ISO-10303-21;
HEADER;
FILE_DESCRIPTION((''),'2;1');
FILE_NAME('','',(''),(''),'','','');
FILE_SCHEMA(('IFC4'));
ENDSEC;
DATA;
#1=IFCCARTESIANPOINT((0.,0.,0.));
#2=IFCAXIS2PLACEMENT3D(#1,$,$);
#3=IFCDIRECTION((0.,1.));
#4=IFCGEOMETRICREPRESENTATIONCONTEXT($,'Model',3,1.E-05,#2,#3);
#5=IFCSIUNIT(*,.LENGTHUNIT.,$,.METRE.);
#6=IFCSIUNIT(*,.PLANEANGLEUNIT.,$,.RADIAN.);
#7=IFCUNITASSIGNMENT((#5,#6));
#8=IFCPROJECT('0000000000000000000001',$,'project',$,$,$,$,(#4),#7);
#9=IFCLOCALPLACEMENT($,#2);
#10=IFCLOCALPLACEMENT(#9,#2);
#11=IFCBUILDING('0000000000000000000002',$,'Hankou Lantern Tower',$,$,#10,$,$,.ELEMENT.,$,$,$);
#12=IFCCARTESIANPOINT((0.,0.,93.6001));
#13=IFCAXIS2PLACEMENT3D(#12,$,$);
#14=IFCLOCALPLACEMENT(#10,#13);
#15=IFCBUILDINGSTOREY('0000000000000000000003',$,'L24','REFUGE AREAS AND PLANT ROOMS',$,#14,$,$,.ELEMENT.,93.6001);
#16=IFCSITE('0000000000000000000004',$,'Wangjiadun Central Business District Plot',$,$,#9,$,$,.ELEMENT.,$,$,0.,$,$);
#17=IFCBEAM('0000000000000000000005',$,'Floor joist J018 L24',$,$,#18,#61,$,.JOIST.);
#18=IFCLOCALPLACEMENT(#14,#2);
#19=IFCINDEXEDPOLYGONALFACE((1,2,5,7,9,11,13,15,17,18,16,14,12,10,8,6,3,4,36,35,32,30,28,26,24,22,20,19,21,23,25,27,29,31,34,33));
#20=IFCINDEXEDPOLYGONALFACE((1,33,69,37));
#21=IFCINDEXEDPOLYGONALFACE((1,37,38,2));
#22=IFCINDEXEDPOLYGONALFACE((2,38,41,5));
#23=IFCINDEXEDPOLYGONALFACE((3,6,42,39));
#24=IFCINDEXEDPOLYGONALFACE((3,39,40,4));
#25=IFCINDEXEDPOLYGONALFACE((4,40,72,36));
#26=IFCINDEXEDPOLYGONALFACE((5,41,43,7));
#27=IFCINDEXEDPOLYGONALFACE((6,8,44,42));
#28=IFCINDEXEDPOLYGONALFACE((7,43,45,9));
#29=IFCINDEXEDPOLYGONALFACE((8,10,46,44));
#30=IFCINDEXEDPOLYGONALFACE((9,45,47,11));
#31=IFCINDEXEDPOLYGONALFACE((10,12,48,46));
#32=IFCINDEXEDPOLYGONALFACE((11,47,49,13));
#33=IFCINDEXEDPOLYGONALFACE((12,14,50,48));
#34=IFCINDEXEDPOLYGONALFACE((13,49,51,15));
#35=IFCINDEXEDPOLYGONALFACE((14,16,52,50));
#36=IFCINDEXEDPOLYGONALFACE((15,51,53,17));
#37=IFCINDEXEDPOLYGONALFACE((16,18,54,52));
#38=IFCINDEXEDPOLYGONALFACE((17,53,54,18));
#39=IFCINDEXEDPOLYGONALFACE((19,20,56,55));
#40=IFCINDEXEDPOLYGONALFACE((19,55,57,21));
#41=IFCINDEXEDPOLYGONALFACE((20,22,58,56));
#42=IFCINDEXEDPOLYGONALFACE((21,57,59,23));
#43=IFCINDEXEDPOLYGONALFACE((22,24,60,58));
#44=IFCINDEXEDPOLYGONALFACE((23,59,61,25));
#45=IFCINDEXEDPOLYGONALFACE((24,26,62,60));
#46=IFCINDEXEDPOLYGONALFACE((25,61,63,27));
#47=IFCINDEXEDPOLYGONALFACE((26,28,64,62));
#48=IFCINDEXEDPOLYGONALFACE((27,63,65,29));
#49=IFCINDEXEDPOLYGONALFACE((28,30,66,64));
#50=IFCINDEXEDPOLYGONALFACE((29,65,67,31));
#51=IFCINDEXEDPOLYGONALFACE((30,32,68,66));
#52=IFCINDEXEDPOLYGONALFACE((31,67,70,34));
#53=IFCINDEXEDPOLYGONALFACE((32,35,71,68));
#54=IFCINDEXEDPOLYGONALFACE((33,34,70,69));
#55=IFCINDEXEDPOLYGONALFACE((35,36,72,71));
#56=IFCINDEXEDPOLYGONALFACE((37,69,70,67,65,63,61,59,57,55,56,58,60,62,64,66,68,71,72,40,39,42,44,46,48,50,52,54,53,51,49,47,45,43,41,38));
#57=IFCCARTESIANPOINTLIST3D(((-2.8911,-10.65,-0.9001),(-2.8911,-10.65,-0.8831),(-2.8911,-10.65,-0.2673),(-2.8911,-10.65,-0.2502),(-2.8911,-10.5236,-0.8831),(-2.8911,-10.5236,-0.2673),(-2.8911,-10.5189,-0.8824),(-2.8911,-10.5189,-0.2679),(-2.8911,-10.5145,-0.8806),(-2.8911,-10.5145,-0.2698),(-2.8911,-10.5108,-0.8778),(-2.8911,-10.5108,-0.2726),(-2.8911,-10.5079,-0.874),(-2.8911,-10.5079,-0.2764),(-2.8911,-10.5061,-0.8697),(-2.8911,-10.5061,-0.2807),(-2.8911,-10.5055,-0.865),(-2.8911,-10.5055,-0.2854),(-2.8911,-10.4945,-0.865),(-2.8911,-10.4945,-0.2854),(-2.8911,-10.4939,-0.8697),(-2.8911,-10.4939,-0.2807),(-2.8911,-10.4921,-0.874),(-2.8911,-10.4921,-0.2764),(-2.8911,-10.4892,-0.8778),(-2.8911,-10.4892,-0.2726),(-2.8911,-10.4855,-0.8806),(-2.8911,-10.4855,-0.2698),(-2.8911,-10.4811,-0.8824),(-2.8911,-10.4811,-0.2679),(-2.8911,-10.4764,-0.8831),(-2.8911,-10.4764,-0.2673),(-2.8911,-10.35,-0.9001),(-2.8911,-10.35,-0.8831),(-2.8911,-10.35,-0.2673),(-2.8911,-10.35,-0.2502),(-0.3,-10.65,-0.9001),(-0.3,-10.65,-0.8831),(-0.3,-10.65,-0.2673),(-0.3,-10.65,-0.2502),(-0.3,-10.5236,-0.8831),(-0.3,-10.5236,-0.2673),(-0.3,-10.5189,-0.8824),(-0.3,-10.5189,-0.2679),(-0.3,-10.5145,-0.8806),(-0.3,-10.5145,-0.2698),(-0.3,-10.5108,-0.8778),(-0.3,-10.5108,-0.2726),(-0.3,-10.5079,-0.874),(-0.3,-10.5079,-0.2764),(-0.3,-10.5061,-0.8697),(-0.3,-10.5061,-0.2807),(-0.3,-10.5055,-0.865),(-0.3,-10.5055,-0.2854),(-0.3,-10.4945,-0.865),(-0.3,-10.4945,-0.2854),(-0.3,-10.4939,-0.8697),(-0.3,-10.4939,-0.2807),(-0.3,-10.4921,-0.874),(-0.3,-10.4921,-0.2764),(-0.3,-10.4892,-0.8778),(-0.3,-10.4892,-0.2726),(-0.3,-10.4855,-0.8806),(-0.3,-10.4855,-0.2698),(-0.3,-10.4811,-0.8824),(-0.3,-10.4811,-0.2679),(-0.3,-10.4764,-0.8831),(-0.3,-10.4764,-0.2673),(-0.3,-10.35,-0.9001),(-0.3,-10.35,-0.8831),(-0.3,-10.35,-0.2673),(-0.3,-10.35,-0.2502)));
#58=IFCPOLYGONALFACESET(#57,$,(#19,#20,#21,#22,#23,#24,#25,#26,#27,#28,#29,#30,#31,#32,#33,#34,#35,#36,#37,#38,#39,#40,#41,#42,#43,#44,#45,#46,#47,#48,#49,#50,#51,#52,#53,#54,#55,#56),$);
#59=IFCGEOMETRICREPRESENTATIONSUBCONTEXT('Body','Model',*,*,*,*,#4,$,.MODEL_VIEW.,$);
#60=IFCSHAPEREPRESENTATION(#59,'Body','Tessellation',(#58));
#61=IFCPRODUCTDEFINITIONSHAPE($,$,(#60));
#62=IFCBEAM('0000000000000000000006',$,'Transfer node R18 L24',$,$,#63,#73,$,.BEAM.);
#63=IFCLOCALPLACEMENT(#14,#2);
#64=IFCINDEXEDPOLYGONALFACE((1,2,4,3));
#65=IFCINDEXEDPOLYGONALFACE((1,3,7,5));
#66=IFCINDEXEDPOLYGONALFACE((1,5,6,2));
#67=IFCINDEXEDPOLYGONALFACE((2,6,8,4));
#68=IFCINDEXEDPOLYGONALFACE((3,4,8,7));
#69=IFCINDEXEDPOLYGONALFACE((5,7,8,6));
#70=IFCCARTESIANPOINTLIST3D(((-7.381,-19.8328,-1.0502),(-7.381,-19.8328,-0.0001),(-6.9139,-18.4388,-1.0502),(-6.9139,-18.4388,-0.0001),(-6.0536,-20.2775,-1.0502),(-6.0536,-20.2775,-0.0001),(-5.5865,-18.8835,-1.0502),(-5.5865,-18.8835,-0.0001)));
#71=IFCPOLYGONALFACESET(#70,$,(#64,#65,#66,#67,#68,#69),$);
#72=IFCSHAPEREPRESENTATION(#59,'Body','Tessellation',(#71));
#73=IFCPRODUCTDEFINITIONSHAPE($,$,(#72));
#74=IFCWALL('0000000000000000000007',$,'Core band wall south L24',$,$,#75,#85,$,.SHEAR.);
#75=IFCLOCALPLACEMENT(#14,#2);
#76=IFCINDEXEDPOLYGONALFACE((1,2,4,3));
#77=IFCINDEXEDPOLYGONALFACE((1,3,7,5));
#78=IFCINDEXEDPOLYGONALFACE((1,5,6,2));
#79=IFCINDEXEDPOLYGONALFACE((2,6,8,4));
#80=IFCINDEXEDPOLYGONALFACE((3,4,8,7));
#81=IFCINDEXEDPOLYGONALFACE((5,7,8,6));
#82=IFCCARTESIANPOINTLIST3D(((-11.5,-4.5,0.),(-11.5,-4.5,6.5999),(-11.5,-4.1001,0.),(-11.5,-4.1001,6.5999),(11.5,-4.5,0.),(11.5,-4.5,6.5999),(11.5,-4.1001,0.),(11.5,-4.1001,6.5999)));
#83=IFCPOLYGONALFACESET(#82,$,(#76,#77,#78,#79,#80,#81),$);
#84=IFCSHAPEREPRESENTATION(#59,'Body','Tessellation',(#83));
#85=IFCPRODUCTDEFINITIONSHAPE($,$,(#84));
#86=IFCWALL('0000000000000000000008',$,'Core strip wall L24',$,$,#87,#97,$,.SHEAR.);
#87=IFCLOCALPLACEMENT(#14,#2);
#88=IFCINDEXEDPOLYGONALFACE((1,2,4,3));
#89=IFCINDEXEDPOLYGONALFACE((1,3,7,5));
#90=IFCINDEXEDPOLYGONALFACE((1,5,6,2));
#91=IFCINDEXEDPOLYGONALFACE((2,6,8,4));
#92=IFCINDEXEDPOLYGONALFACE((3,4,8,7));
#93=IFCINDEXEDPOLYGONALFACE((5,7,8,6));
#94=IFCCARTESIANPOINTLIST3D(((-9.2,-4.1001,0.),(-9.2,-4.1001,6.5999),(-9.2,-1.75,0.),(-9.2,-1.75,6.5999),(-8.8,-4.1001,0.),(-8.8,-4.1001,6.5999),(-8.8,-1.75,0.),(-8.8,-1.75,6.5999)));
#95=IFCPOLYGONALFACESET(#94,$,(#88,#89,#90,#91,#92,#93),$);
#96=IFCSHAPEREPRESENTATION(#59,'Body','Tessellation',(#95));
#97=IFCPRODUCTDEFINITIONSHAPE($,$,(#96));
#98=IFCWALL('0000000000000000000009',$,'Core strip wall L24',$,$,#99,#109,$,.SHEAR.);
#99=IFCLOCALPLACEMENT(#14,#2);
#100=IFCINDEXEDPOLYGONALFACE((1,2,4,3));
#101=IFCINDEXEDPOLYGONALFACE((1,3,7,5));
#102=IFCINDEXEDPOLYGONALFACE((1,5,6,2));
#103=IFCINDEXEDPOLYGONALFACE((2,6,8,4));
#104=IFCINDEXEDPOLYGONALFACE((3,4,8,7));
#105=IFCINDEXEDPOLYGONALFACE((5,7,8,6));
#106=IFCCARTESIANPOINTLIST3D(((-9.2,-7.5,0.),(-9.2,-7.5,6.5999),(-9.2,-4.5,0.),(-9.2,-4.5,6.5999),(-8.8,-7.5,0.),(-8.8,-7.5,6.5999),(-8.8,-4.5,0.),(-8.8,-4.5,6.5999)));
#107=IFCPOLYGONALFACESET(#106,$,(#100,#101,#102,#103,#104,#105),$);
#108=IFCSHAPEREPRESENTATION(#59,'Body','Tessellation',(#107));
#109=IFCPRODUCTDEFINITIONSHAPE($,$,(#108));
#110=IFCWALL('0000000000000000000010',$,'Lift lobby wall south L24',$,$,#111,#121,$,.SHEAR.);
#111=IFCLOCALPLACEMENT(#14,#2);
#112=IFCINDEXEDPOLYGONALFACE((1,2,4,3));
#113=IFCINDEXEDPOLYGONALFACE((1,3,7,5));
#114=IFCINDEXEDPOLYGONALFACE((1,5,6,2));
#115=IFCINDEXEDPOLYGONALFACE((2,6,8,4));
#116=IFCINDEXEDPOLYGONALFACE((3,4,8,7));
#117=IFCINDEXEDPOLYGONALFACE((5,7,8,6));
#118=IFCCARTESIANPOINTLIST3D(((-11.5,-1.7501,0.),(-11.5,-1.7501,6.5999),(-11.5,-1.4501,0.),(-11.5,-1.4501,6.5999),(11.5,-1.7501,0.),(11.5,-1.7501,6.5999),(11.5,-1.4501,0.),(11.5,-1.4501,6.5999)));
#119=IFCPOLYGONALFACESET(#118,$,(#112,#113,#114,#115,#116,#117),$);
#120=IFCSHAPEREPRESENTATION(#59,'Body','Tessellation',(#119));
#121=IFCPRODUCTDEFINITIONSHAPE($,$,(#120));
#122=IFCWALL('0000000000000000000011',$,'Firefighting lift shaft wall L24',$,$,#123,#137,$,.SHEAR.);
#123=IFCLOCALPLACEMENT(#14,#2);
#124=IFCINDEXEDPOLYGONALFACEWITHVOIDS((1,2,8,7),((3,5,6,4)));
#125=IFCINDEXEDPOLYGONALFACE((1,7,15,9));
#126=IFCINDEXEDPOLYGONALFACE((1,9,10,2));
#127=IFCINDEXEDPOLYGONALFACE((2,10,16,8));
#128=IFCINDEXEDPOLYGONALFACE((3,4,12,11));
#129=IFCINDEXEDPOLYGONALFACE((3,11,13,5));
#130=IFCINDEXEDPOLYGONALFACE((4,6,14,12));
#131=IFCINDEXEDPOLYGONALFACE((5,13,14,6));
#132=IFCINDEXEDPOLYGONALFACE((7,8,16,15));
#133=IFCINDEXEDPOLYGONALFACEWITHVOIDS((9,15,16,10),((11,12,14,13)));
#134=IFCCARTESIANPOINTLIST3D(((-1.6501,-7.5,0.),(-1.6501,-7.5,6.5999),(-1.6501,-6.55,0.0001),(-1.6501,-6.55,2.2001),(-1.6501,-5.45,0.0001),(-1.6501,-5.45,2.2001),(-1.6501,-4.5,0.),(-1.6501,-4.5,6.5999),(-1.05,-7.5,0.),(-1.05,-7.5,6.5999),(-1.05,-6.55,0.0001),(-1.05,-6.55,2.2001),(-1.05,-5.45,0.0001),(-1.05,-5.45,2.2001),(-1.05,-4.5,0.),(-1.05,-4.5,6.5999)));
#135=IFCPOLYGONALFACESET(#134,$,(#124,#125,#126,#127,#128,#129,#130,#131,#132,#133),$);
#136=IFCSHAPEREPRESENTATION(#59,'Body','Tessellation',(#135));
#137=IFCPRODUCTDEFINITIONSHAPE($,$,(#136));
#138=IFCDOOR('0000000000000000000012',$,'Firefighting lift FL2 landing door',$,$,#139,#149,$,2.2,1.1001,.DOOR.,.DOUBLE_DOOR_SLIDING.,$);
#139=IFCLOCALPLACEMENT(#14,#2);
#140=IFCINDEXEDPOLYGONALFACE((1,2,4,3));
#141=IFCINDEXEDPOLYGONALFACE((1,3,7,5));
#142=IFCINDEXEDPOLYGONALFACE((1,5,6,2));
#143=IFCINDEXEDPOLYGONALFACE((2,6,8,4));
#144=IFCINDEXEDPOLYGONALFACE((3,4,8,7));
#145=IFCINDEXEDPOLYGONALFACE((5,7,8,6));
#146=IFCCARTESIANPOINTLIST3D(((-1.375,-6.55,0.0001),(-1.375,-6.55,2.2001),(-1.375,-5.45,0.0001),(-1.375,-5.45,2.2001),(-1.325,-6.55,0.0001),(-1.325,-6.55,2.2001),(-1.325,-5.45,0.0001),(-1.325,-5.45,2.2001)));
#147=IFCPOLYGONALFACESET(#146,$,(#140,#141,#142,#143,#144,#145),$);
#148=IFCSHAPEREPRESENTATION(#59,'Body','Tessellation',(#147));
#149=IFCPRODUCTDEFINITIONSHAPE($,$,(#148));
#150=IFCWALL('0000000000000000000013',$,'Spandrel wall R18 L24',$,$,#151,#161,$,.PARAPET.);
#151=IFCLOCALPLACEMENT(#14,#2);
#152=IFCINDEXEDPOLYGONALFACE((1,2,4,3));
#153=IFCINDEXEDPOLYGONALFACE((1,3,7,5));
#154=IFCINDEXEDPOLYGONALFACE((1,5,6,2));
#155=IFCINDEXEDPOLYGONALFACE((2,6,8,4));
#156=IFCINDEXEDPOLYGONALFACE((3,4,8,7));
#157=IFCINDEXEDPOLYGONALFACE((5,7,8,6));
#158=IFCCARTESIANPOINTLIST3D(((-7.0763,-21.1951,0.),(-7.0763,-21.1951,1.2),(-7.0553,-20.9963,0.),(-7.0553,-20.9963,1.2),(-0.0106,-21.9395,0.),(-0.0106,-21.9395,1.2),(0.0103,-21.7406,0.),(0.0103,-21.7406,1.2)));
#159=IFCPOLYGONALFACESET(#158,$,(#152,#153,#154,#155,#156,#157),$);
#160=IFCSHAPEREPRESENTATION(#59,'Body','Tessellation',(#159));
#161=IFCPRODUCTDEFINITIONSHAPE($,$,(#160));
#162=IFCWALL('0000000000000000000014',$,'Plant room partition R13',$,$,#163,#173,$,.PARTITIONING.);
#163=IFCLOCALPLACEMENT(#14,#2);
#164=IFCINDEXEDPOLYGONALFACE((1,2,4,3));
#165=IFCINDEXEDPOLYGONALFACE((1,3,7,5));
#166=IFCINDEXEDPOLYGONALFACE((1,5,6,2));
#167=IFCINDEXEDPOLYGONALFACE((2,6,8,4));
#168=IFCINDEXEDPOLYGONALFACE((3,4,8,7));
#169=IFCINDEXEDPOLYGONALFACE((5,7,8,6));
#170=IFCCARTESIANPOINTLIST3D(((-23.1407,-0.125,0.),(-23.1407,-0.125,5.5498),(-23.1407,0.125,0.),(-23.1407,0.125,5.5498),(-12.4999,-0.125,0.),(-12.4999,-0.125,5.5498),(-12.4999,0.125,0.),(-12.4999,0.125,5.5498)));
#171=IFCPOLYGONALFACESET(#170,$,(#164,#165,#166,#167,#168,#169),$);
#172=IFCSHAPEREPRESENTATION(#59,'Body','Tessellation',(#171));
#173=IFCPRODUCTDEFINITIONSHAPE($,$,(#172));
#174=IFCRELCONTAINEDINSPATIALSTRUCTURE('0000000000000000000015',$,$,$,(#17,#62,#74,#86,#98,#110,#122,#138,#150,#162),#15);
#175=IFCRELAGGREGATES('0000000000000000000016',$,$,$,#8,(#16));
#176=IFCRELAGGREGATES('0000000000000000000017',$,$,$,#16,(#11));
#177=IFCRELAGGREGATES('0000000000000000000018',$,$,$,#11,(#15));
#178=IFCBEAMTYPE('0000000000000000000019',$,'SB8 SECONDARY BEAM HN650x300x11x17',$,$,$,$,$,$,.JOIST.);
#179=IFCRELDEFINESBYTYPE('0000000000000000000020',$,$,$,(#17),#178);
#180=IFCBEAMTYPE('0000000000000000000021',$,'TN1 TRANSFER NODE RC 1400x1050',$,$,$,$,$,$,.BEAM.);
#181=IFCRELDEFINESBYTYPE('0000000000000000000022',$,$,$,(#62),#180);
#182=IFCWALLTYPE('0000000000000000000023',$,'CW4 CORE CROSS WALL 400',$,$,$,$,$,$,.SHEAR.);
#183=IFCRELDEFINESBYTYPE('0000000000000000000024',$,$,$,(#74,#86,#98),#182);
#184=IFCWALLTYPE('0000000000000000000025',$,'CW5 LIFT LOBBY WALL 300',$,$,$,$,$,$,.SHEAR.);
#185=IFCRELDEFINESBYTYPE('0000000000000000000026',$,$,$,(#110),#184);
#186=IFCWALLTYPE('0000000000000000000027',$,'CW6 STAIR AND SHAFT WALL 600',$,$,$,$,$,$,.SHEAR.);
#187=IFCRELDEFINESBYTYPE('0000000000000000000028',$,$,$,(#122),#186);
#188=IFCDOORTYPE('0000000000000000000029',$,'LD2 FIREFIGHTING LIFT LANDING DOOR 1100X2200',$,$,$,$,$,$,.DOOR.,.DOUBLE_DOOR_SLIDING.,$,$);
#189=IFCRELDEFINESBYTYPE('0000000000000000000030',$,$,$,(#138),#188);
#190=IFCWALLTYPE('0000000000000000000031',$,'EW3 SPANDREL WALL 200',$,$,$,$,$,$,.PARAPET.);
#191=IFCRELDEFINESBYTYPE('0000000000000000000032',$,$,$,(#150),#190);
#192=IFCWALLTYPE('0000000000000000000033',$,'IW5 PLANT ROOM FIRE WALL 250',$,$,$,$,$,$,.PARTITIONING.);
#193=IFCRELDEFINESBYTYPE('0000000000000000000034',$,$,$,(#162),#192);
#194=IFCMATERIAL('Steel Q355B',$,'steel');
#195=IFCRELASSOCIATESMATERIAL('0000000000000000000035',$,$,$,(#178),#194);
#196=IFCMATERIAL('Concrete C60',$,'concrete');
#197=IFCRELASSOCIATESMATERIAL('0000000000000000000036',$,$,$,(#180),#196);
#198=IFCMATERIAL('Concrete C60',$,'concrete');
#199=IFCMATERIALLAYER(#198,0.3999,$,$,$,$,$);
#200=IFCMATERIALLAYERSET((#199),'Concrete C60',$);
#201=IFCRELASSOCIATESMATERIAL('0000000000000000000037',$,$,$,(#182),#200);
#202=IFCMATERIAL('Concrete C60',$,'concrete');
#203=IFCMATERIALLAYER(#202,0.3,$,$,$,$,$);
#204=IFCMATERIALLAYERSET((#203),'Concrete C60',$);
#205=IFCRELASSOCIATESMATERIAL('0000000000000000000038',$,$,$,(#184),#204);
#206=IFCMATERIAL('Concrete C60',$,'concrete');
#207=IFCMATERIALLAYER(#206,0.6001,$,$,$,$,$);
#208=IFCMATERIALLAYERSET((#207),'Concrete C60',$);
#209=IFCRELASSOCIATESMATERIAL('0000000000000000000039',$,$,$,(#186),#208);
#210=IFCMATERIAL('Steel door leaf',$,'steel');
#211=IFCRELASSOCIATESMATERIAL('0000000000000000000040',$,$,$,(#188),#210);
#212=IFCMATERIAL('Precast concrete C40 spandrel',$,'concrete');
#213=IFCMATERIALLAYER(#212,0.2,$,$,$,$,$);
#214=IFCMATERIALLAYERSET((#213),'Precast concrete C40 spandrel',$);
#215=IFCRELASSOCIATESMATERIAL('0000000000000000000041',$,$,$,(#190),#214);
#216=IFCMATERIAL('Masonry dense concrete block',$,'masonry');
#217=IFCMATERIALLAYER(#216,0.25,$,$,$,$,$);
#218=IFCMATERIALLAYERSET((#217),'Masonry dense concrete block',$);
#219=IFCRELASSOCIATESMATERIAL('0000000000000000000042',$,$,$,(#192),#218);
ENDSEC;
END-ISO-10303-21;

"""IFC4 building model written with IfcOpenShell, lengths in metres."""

from ifc_helpers import new_model, si_unit, direction, frame, frame_2d, origin, origin_2d, place, context, subcontext, project, spatial, rectangle, i_section, extrude, material, layer, layer_set, material_profile, profile_set, type_object, element, fill, save


model = new_model("IFC4")

# Units and contexts
model_context = context("Model", 3, precision=1e-05, world=origin(), true_north=direction((0.0, 1.0)))
body_context = subcontext(model_context, "Body", "Model", "MODEL_VIEW")
ifc_project = project(units=[si_unit("LENGTHUNIT", "METRE"), si_unit("PLANEANGLEUNIT", "RADIAN")], contexts=[model_context])

# Site, building, storey
site_placement = place(None, origin())
site = spatial("IfcSite", under=ifc_project, at=site_placement, Name="Wangjiadun Central Business District Plot", CompositionType="ELEMENT", RefElevation=0.0)
building_placement = place(site_placement, origin())
building = spatial("IfcBuilding", under=site, at=building_placement, Name="Hankou Lantern Tower", CompositionType="ELEMENT")
storey_placement = place(building_placement, frame((0.0, 0.0, 93.6001)))
storey = spatial("IfcBuildingStorey", under=building, at=storey_placement, Name="L24", Description="REFUGE AREAS AND PLANT ROOMS", CompositionType="ELEMENT", Elevation=93.6001)

# Beams
ifc_material_1 = material(Name="Steel Q355B", Category="steel")
ifc_material_profile_1 = material_profile(ifc_material_1, i_section(OverallWidth=0.3, OverallDepth=0.6499, WebThickness=0.011, FlangeThickness=0.0171, FilletRadius=0.0181, at=origin_2d()), Name="HN650x300x11x17")
ifc_profile_set_1 = profile_set([ifc_material_profile_1], Name="Steel Q355B")
beam_type_1 = type_object("IfcBeamType", Name="SB8 SECONDARY BEAM HN650x300x11x17", PredefinedType="JOIST", material=ifc_profile_set_1)
beam_1_placement = place(storey_placement, frame((-2.8911, -10.5, -0.5752), z_axis=(1.0, 0.0, 0.0), x_axis=(0.0, 1.0, 0.0)))
element("IfcBeam", 1, at=beam_1_placement, inside=storey, type_object=beam_type_1, Name="Floor joist J018 L24", PredefinedType="JOIST", context=body_context, shape_type="SweptSolid", body=[
    extrude(i_section(OverallWidth=0.3, OverallDepth=0.6499, WebThickness=0.011, FlangeThickness=0.0171, FilletRadius=0.0181, at=origin_2d()), origin(), (0.0, 0.0, 1.0), 2.5911),
])
ifc_material_2 = material(Name="Concrete C60", Category="concrete")
ifc_material_profile_2 = material_profile(ifc_material_2, rectangle(XDim=1.3999, YDim=1.05, at=origin_2d()), Name="RC 1400x1050")
ifc_profile_set_2 = profile_set([ifc_material_profile_2], Name="Concrete C60")
beam_type_2 = type_object("IfcBeamType", Name="TN1 TRANSFER NODE RC 1400x1050", PredefinedType="BEAM", material=ifc_profile_set_2)
beam_2_placement = place(storey_placement, frame((-6.7173, -20.0552, -0.5251), z_axis=(0.317672, 0.948201, 0.0), x_axis=(-0.948201, 0.317672, 0.0)))
element("IfcBeam", 2, at=beam_2_placement, inside=storey, type_object=beam_type_2, Name="Transfer node R18 L24", PredefinedType="BEAM", context=body_context, shape_type="SweptSolid", body=[
    extrude(rectangle(XDim=1.3999, YDim=1.05, at=origin_2d()), origin(), (0.0, 0.0, 1.0), 1.4702),
])

# Walls
ifc_material_3 = material(Name="Concrete C60", Category="concrete")
ifc_layer_1 = layer(ifc_material_3, 0.3999)
ifc_layer_set_1 = layer_set([ifc_layer_1], Name="Concrete C60")
wall_type_1 = type_object("IfcWallType", Name="CW4 CORE CROSS WALL 400", PredefinedType="SHEAR", material=ifc_layer_set_1)
wall_1_placement = place(storey_placement, frame((-11.5, -4.3, 0.0), z_axis=(0.0, 0.0, 1.0), x_axis=(1.0, 0.0, 0.0)))
element("IfcWall", 3, at=wall_1_placement, inside=storey, type_object=wall_type_1, Name="Core band wall south L24", PredefinedType="SHEAR", context=body_context, shape_type="SweptSolid", body=[
    extrude(rectangle(XDim=23.0, YDim=0.3999, at=frame_2d((11.5, 0.0))), origin(), (0.0, 0.0, 1.0), 6.5999),
])
wall_2_placement = place(storey_placement, frame((-9.0, -4.1001, 0.0), z_axis=(0.0, 0.0, 1.0), x_axis=(0.0, 1.0, 0.0)))
element("IfcWall", 4, at=wall_2_placement, inside=storey, type_object=wall_type_1, Name="Core strip wall L24", PredefinedType="SHEAR", context=body_context, shape_type="SweptSolid", body=[
    extrude(rectangle(XDim=2.3501, YDim=0.3999, at=frame_2d((1.175, 0.0))), origin(), (0.0, 0.0, 1.0), 6.5999),
])
wall_3_placement = place(storey_placement, frame((-9.0, -7.5, 0.0), z_axis=(0.0, 0.0, 1.0), x_axis=(0.0, 1.0, 0.0)))
element("IfcWall", 5, at=wall_3_placement, inside=storey, type_object=wall_type_1, Name="Core strip wall L24", PredefinedType="SHEAR", context=body_context, shape_type="SweptSolid", body=[
    extrude(rectangle(XDim=3.0, YDim=0.3999, at=frame_2d((1.5, 0.0))), origin(), (0.0, 0.0, 1.0), 6.5999),
])
ifc_material_4 = material(Name="Concrete C60", Category="concrete")
ifc_layer_2 = layer(ifc_material_4, 0.3)
ifc_layer_set_2 = layer_set([ifc_layer_2], Name="Concrete C60")
wall_type_2 = type_object("IfcWallType", Name="CW5 LIFT LOBBY WALL 300", PredefinedType="SHEAR", material=ifc_layer_set_2)
wall_4_placement = place(storey_placement, frame((-11.5, -1.6001, 0.0), z_axis=(0.0, 0.0, 1.0), x_axis=(1.0, 0.0, 0.0)))
element("IfcWall", 6, at=wall_4_placement, inside=storey, type_object=wall_type_2, Name="Lift lobby wall south L24", PredefinedType="SHEAR", context=body_context, shape_type="SweptSolid", body=[
    extrude(rectangle(XDim=23.0, YDim=0.3, at=frame_2d((11.5, 0.0))), origin(), (0.0, 0.0, 1.0), 6.5999),
])

# Wall, opening, door
ifc_material_5 = material(Name="Concrete C60", Category="concrete")
ifc_layer_3 = layer(ifc_material_5, 0.6001)
ifc_layer_set_3 = layer_set([ifc_layer_3], Name="Concrete C60")
wall_type_3 = type_object("IfcWallType", Name="CW6 STAIR AND SHAFT WALL 600", PredefinedType="SHEAR", material=ifc_layer_set_3)
wall_5_placement = place(storey_placement, frame((-1.3501, -7.5, 0.0), z_axis=(0.0, 0.0, 1.0), x_axis=(0.0, 1.0, 0.0)))
wall_5 = element("IfcWall", 7, at=wall_5_placement, inside=storey, type_object=wall_type_3, Name="Firefighting lift shaft wall L24", PredefinedType="SHEAR", context=body_context, shape_type="SweptSolid", body=[
    extrude(rectangle(XDim=3.0, YDim=0.6001, at=frame_2d((1.5, 0.0))), origin(), (0.0, 0.0, 1.0), 6.5999),
])
opening_1_placement = place(wall_5_placement, frame((0.95, 0.0, 0.0)))
opening_1 = element("IfcOpeningElement", 8, at=opening_1_placement, cuts=wall_5, PredefinedType="OPENING", context=body_context, shape_type="SweptSolid", body=[
    extrude(rectangle(XDim=1.1001, YDim=2.2, at=frame_2d((0.55, 1.1001))), frame((0.0, 0.3101, 0.0), z_axis=(0.0, -1.0, 0.0), x_axis=(1.0, 0.0, 0.0)), (0.0, 0.0, 1.0), 0.6201),
])
ifc_material_6 = material(Name="Steel door leaf", Category="steel")
door_type_1 = type_object("IfcDoorType", Name="LD2 FIREFIGHTING LIFT LANDING DOOR 1100X2200", OperationType="DOUBLE_DOOR_SLIDING", PredefinedType="DOOR", material=ifc_material_6)
door_1_placement = place(opening_1_placement, origin())
door_1 = element("IfcDoor", 9, at=door_1_placement, inside=storey, type_object=door_type_1, Name="Firefighting lift FL2 landing door", OperationType="DOUBLE_DOOR_SLIDING", OverallHeight=2.2, OverallWidth=1.1001, PredefinedType="DOOR", context=body_context, shape_type="SweptSolid", body=[
    extrude(rectangle(XDim=1.1001, YDim=2.2, at=frame_2d((0.55, 1.1001))), frame((0.0, 0.0249, 0.0), z_axis=(0.0, -1.0, 0.0), x_axis=(1.0, 0.0, 0.0)), (0.0, 0.0, 1.0), 0.05),
])
fill(opening_1, door_1)

# Wall
ifc_material_7 = material(Name="Precast concrete C40 spandrel", Category="concrete")
ifc_layer_4 = layer(ifc_material_7, 0.2)
ifc_layer_set_4 = layer_set([ifc_layer_4], Name="Precast concrete C40 spandrel")
wall_type_4 = type_object("IfcWallType", Name="EW3 SPANDREL WALL 200", PredefinedType="PARAPET", material=ifc_layer_set_4)
wall_6_placement = place(storey_placement, frame((-7.0657, -21.0957, 0.0), z_axis=(0.0, 0.0, 1.0), x_axis=(0.994496, -0.104772, 0.0)))
element("IfcWall", 10, at=wall_6_placement, inside=storey, type_object=wall_type_4, Name="Spandrel wall R18 L24", PredefinedType="PARAPET", context=body_context, shape_type="SweptSolid", body=[
    extrude(rectangle(XDim=7.1047, YDim=0.2, at=frame_2d((3.5522, 0.0))), origin(), (0.0, 0.0, 1.0), 1.2),
])

# Shared definitions
ifc_material_8 = material(Name="Masonry dense concrete block", Category="masonry")
ifc_layer_5 = layer(ifc_material_8, 0.25)
ifc_layer_set_5 = layer_set([ifc_layer_5], Name="Masonry dense concrete block")
wall_type_5 = type_object("IfcWallType", Name="IW5 PLANT ROOM FIRE WALL 250", PredefinedType="PARTITIONING", material=ifc_layer_set_5)

# Wall
wall_7_placement = place(storey_placement, frame((-12.5, 0.0, 0.0), z_axis=(0.0, 0.0, 1.0), x_axis=(-1.0, 0.0, 0.0)))
element("IfcWall", 11, at=wall_7_placement, inside=storey, type_object=wall_type_5, Name="Plant room partition R13", PredefinedType="PARTITIONING", context=body_context, shape_type="SweptSolid", body=[
    extrude(rectangle(XDim=10.6409, YDim=0.25, at=frame_2d((5.3203, 0.0))), origin(), (0.0, 0.0, 1.0), 5.5498),
])

save(model, "model.ifc")
